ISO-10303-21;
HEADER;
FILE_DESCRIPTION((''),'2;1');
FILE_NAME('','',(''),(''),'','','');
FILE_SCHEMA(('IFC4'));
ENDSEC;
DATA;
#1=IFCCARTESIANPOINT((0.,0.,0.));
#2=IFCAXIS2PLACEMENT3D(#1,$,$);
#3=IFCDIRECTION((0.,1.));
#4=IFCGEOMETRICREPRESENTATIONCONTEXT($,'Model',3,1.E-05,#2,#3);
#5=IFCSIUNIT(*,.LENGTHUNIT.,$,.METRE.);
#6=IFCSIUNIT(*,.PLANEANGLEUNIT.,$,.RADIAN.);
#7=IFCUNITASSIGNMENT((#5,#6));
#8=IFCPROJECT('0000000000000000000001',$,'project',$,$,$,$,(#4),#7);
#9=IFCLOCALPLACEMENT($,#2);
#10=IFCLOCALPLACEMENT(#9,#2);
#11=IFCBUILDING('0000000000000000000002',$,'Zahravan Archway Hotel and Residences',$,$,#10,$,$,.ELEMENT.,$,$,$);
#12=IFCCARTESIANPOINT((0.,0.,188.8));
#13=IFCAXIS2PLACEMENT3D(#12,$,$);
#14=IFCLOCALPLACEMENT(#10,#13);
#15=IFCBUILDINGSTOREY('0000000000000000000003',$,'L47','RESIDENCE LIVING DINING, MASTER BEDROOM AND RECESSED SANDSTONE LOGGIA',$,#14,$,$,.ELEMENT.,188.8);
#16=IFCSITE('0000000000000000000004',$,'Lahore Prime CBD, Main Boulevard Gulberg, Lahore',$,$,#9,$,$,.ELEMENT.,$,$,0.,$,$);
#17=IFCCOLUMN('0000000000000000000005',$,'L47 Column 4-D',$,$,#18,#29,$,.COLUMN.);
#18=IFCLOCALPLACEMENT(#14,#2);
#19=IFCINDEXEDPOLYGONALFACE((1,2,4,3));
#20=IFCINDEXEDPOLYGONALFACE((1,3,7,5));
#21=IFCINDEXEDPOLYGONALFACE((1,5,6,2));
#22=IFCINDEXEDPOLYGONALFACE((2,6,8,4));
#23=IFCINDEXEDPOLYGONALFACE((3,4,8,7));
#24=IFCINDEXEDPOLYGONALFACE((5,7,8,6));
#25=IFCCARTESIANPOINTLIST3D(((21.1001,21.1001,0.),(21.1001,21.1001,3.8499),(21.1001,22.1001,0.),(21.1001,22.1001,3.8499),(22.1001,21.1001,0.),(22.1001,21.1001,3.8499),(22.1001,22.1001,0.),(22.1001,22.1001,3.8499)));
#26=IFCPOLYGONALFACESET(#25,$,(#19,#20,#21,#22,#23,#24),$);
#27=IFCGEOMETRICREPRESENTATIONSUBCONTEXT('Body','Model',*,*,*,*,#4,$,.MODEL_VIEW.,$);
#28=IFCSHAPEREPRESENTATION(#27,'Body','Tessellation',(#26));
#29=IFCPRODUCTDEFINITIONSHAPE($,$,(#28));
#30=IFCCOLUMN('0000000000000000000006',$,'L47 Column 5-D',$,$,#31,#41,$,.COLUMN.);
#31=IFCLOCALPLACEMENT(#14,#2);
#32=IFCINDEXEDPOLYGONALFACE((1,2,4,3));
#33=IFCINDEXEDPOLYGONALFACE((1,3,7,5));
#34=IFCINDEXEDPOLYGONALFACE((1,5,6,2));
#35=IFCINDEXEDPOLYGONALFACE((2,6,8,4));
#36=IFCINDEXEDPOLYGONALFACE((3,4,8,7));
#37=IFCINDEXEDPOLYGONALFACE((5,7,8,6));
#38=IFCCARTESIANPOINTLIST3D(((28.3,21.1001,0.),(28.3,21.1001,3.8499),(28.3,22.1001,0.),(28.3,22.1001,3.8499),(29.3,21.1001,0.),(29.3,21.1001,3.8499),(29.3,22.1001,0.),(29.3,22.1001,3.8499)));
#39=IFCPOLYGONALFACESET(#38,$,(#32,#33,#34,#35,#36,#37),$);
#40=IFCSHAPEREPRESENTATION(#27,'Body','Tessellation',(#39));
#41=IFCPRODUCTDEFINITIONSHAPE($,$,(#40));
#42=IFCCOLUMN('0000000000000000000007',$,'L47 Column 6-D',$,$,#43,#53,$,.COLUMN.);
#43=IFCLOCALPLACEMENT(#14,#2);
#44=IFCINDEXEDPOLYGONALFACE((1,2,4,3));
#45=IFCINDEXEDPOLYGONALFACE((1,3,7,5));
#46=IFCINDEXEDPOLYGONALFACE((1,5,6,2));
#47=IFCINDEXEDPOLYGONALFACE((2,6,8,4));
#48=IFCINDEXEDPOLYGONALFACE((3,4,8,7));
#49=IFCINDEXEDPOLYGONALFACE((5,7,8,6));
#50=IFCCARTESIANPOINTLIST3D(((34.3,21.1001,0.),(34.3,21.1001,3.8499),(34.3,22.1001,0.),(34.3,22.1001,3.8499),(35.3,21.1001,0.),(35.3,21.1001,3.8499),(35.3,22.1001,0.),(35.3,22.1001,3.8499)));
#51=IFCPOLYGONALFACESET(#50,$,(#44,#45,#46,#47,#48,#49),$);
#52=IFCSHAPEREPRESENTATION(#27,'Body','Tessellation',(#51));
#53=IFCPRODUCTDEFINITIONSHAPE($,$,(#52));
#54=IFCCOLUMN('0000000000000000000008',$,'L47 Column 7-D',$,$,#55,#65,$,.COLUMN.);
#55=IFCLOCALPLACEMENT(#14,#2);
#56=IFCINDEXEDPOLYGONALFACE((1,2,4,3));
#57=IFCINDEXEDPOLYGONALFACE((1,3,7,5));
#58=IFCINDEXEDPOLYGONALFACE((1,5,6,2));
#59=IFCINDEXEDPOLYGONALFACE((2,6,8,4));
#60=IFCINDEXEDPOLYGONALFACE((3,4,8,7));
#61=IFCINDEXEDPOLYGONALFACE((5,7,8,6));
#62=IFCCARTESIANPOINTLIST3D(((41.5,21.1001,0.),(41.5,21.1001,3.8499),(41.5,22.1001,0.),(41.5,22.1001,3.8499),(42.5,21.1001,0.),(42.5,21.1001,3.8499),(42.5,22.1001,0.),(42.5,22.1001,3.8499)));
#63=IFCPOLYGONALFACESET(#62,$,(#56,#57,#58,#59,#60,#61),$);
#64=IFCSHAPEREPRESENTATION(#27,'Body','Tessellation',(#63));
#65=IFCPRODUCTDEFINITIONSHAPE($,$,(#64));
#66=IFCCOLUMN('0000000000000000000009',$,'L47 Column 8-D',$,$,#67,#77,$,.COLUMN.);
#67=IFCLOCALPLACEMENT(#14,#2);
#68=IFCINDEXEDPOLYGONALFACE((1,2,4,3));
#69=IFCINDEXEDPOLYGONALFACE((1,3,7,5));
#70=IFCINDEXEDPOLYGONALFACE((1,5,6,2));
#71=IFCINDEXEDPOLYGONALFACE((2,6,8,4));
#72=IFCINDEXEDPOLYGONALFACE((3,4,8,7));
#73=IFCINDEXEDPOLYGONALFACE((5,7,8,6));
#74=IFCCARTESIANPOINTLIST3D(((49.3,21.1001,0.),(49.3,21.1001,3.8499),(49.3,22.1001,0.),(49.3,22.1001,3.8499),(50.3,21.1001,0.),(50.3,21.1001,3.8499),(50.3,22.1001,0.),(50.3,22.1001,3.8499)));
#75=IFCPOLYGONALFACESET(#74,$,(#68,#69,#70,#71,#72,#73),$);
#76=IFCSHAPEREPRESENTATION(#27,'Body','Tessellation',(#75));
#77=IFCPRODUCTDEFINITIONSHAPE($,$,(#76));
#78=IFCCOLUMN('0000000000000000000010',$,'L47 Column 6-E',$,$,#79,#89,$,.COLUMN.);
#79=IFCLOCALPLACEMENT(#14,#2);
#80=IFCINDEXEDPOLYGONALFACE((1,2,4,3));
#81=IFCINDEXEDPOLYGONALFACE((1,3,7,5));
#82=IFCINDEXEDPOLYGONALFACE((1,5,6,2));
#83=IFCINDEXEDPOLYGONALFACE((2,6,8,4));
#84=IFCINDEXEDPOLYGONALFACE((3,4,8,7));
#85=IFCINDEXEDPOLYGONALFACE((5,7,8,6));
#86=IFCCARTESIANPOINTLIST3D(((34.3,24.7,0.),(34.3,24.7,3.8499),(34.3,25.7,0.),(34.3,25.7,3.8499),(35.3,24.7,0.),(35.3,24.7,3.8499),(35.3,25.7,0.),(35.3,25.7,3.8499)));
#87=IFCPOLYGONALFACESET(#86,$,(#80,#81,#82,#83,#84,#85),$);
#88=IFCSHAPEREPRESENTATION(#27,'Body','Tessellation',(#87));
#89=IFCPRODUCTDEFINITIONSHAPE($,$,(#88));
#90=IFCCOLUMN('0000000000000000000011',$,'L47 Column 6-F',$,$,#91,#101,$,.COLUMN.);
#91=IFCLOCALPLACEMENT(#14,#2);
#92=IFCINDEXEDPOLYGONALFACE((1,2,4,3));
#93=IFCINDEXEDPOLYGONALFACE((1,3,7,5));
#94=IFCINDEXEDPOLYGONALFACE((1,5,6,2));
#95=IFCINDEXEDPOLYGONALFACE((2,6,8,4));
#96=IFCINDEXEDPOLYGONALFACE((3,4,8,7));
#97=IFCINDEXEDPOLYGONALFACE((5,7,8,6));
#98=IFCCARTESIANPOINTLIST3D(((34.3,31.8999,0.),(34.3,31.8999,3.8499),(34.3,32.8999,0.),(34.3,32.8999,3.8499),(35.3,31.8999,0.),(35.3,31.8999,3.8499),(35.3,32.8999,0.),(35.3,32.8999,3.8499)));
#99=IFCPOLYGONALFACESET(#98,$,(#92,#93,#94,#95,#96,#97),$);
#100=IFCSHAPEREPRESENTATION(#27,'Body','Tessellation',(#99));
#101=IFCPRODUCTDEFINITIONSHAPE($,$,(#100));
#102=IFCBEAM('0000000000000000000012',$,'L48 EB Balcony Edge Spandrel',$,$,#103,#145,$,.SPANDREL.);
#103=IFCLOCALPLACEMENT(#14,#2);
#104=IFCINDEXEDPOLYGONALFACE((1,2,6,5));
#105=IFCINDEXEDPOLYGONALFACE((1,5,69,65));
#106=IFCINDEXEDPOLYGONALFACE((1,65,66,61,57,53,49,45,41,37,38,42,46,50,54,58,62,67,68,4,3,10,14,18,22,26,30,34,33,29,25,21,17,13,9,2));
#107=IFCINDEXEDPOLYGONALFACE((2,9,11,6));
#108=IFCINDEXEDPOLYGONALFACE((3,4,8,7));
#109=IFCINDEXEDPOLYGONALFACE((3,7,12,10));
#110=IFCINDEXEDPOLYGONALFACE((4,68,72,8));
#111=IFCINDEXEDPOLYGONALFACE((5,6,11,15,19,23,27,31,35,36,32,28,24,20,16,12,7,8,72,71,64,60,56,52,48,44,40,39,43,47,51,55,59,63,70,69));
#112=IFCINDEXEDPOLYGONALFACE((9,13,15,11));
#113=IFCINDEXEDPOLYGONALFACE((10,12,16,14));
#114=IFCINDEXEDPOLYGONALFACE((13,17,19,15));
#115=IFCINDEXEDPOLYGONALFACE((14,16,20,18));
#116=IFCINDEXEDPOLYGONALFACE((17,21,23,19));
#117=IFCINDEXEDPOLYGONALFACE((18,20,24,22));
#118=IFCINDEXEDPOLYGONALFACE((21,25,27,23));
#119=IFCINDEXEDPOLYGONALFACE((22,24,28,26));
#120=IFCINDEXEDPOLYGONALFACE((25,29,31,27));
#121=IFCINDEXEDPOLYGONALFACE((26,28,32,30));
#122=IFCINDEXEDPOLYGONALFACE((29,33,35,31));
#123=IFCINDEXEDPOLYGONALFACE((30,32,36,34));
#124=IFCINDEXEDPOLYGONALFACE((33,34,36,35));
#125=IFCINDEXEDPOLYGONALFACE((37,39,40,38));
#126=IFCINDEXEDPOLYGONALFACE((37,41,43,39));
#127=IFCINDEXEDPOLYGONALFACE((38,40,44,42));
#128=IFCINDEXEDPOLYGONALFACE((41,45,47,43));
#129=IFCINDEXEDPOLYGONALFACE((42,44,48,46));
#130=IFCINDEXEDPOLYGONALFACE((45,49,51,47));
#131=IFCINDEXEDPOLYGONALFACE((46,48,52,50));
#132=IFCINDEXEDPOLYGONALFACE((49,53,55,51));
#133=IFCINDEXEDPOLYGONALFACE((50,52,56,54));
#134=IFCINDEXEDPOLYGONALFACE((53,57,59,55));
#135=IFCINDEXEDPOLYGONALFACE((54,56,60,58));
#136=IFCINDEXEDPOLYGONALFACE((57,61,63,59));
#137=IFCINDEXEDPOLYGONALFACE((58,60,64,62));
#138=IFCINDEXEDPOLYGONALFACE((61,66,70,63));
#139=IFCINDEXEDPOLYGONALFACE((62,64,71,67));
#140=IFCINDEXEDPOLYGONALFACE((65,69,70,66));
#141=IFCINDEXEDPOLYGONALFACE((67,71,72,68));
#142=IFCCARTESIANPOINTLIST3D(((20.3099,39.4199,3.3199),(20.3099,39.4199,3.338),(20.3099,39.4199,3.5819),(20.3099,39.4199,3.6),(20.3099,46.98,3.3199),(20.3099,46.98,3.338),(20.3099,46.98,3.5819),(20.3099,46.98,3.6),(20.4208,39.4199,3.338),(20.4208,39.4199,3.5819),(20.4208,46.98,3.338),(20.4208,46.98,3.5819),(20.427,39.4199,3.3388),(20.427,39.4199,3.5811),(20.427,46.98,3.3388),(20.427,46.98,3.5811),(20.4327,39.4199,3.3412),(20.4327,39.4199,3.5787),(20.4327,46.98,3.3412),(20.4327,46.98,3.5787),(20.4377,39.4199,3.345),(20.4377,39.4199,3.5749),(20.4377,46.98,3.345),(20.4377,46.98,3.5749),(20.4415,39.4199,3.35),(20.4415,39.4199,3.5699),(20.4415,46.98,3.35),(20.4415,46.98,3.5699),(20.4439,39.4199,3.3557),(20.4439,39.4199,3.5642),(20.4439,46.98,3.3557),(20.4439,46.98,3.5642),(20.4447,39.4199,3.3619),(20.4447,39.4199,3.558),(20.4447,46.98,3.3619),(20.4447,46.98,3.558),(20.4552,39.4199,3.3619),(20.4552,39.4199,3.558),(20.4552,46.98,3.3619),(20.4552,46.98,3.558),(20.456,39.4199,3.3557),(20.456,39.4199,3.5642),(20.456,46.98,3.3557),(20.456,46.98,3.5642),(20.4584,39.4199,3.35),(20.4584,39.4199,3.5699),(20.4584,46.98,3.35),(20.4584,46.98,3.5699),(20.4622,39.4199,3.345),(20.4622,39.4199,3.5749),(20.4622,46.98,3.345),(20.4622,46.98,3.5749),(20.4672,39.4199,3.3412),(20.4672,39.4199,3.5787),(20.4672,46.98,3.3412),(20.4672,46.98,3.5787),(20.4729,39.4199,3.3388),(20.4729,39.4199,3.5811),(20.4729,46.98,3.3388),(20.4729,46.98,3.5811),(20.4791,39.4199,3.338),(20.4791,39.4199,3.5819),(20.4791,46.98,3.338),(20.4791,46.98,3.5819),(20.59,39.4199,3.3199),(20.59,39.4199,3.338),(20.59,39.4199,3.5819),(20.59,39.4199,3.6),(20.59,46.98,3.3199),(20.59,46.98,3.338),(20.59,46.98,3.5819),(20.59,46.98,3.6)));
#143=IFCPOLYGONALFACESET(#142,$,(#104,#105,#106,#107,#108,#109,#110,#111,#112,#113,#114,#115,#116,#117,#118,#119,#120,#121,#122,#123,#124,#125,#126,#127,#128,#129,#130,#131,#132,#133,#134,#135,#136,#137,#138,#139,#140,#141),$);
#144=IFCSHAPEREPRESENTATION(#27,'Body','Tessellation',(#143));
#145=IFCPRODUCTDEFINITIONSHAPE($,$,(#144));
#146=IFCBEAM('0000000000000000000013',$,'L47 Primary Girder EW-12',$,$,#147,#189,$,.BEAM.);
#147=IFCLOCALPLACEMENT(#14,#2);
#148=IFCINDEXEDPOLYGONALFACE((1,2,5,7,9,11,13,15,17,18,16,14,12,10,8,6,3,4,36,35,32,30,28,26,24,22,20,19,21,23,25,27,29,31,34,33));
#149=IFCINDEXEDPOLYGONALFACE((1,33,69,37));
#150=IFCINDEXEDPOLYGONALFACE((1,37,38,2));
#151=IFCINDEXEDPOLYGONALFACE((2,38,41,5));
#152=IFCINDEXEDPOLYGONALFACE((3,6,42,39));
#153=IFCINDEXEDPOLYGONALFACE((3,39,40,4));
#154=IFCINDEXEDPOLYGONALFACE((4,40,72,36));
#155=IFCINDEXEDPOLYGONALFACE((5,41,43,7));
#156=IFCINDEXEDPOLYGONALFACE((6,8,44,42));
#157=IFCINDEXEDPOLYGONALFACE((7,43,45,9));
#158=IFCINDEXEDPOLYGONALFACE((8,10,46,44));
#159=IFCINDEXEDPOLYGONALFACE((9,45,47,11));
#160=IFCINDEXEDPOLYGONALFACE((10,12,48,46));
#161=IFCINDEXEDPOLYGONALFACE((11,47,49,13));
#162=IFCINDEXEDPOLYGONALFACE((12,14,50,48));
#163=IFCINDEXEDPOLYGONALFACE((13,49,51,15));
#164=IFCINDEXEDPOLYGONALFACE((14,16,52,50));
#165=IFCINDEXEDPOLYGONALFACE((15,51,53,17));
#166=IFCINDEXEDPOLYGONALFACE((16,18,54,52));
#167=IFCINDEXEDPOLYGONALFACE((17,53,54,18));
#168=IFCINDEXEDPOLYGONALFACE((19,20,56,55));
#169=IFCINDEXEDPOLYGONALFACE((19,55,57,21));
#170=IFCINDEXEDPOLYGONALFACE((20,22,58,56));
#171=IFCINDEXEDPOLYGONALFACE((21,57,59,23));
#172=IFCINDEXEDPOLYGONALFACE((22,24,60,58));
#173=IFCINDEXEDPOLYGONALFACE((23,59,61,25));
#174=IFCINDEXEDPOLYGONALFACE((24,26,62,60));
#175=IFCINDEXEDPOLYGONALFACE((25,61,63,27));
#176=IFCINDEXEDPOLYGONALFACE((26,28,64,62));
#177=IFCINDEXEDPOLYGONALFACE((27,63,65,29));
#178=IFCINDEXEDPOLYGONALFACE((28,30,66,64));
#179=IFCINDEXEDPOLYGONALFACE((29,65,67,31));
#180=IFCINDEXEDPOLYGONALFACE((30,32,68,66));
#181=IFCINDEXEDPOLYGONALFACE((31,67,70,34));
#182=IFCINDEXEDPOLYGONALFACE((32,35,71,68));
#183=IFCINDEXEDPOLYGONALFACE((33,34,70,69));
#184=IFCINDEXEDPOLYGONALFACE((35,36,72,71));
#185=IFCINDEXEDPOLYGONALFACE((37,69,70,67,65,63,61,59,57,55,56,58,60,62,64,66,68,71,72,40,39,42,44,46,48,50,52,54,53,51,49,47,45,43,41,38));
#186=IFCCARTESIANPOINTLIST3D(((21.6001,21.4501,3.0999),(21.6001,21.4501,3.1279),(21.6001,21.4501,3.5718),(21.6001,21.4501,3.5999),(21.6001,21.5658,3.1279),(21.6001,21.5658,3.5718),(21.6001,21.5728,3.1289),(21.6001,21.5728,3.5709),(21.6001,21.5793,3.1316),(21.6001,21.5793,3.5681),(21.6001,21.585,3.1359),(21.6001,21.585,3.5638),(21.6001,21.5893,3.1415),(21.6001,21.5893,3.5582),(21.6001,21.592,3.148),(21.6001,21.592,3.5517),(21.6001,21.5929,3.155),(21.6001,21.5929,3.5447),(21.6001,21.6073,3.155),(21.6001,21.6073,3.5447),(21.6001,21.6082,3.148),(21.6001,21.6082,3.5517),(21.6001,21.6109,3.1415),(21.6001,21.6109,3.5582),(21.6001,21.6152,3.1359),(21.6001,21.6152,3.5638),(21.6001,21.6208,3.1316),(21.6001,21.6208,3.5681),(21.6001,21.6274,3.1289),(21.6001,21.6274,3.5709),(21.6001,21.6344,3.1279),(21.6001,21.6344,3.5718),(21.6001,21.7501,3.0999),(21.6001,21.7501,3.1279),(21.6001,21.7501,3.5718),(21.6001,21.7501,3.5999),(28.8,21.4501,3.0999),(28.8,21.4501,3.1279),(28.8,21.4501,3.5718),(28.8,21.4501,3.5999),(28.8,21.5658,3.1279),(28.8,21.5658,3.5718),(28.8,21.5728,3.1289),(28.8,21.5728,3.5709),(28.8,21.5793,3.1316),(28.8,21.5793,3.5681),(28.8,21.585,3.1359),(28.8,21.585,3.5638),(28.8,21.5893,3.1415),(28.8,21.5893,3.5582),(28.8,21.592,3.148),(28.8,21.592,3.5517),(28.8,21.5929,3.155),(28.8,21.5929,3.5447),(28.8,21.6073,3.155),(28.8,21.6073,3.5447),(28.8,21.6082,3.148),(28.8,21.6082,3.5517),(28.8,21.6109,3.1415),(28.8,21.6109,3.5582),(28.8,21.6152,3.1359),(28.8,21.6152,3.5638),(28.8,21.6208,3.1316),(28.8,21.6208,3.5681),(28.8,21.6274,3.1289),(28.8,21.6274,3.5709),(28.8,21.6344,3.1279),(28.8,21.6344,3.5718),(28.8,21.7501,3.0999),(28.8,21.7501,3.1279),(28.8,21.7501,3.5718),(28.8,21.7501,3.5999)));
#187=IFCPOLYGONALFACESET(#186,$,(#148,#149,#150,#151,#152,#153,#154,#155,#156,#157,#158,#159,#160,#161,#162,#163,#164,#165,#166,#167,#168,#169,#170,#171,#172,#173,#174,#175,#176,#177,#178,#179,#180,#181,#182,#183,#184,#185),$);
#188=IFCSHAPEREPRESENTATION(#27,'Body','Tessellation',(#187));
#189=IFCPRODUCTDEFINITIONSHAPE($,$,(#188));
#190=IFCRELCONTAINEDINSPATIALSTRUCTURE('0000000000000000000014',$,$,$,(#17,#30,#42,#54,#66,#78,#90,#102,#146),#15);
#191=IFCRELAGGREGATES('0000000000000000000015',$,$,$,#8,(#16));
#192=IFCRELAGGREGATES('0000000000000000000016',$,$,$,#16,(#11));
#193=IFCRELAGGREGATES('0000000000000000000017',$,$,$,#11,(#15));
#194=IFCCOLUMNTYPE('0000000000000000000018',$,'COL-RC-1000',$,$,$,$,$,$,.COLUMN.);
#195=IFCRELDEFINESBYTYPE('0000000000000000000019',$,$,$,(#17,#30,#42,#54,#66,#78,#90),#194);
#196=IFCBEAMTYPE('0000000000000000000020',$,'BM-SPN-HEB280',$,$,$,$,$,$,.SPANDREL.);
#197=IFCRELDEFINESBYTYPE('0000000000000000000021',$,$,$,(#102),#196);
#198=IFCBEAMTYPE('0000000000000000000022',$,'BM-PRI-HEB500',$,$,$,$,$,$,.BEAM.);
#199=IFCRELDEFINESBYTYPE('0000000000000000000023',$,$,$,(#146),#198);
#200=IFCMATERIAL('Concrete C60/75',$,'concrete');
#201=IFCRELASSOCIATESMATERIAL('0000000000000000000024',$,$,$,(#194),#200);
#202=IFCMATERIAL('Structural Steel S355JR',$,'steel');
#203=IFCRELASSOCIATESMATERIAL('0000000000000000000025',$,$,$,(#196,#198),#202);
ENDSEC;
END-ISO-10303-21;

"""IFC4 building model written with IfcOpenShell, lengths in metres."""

from ifc_helpers import new_model, si_unit, direction, frame, origin, origin_2d, place, context, subcontext, project, spatial, rectangle, i_section, extrude, source, transform, mapped, material, material_profile, profile_set, type_object, type_shapes, element, save


model = new_model("IFC4")

# Units and contexts
model_context = context("Model", 3, precision=1e-05, world=origin(), true_north=direction((0.0, 1.0)))
body_context = subcontext(model_context, "Body", "Model", "MODEL_VIEW")
ifc_project = project(units=[si_unit("LENGTHUNIT", "METRE"), si_unit("PLANEANGLEUNIT", "RADIAN")], contexts=[model_context])

# Site, building, storey
site_placement = place(None, origin())
site = spatial("IfcSite", under=ifc_project, at=site_placement, Name="Lahore Prime CBD, Main Boulevard Gulberg, Lahore", CompositionType="ELEMENT", RefElevation=0.0)
building_placement = place(site_placement, origin())
building = spatial("IfcBuilding", under=site, at=building_placement, Name="Zahravan Archway Hotel and Residences", CompositionType="ELEMENT")
storey_placement = place(building_placement, frame((0.0, 0.0, 188.8)))
storey = spatial("IfcBuildingStorey", under=building, at=storey_placement, Name="L47", Description="RESIDENCE LIVING DINING, MASTER BEDROOM AND RECESSED SANDSTONE LOGGIA", CompositionType="ELEMENT", Elevation=188.8)

# Columns
ifc_material_1 = material(Name="Concrete C60/75", Category="concrete")
ifc_material_profile_1 = material_profile(ifc_material_1, rectangle(XDim=1.0, YDim=1.0, at=origin_2d()), Name="RC-COL-1000x1000", Category="concrete")
ifc_profile_set_1 = profile_set([ifc_material_profile_1], Name="Concrete C60/75")
column_type = type_object("IfcColumnType", Name="COL-RC-1000", PredefinedType="COLUMN", material=ifc_profile_set_1)
shared_shape_1 = source(origin(), body_context, "Body", "SweptSolid", [
    extrude(rectangle(XDim=1.0, YDim=1.0, at=origin_2d()), origin(), (0.0, 0.0, 1.0), 3.8499),
])
for number, where, z_axis, x_axis, name in (
    (1, (21.6001, 21.6001, 0.0), (0.0, 0.0, 1.0), (1.0, 0.0, 0.0), "L47 Column 4-D"),
    (2, (28.8, 21.6001, 0.0), (0.0, 0.0, 1.0), (1.0, 0.0, 0.0), "L47 Column 5-D"),
    (3, (34.8, 21.6001, 0.0), (0.0, 0.0, 1.0), (1.0, 0.0, 0.0), "L47 Column 6-D"),
    (4, (42.0, 21.6001, 0.0), (0.0, 0.0, 1.0), (1.0, 0.0, 0.0), "L47 Column 7-D"),
    (5, (49.8, 21.6001, 0.0), (0.0, 0.0, 1.0), (1.0, 0.0, 0.0), "L47 Column 8-D"),
    (6, (34.8, 25.2, 0.0), (0.0, 0.0, 1.0), (1.0, 0.0, 0.0), "L47 Column 6-E"),
    (7, (34.8, 32.3999, 0.0), (0.0, 0.0, 1.0), (1.0, 0.0, 0.0), "L47 Column 6-F"),
):
    element("IfcColumn", number, at=place(storey_placement, frame(where, z_axis=z_axis, x_axis=x_axis)), inside=storey, type_object=column_type, Name=name, PredefinedType="COLUMN", context=body_context, shape_type="MappedRepresentation", body=[
        mapped(shared_shape_1, transform((0.0, 0.0, 0.0), scale=1.0)),
    ])

# Beams
ifc_material_2 = material(Name="Structural Steel S355JR", Category="steel")
ifc_material_profile_2 = material_profile(ifc_material_2, i_section(OverallWidth=0.28, OverallDepth=0.28, WebThickness=0.0105, FlangeThickness=0.0181, FilletRadius=0.0239, at=origin_2d()), Name="HEB 280", Category="steel")
ifc_profile_set_2 = profile_set([ifc_material_profile_2], Name="Structural Steel S355JR")
beam_type_1 = type_object("IfcBeamType", Name="BM-SPN-HEB280", PredefinedType="SPANDREL", material=ifc_profile_set_2)
shared_shape_2 = source(origin(), body_context, "Body", "SweptSolid", [
    extrude(i_section(OverallWidth=0.28, OverallDepth=0.28, WebThickness=0.0105, FlangeThickness=0.0181, FilletRadius=0.0239, at=origin_2d()), origin(), (0.0, 0.0, 1.0), 7.5601),
])
type_shapes(beam_type_1, [shared_shape_2])
beam_1_placement = place(storey_placement, frame((20.45, 39.4199, 3.46), z_axis=(0.0, 1.0, 0.0), x_axis=(-1.0, 0.0, 0.0)))
element("IfcBeam", 8, at=beam_1_placement, inside=storey, type_object=beam_type_1, Name="L48 EB Balcony Edge Spandrel", PredefinedType="SPANDREL", context=body_context, shape_type="MappedRepresentation", body=[
    mapped(shared_shape_2, transform((0.0, 0.0, 0.0), scale=1.0)),
])
ifc_material_profile_3 = material_profile(ifc_material_2, i_section(OverallWidth=0.3, OverallDepth=0.5, WebThickness=0.0144, FlangeThickness=0.0281, FilletRadius=0.0271, at=origin_2d()), Name="HEB 500", Category="steel")
ifc_profile_set_3 = profile_set([ifc_material_profile_3], Name="Structural Steel S355JR")
beam_type_2 = type_object("IfcBeamType", Name="BM-PRI-HEB500", PredefinedType="BEAM", material=ifc_profile_set_3)
shared_shape_3 = source(origin(), body_context, "Body", "SweptSolid", [
    extrude(i_section(OverallWidth=0.3, OverallDepth=0.5, WebThickness=0.0144, FlangeThickness=0.0281, FilletRadius=0.0271, at=origin_2d()), origin(), (0.0, 0.0, 1.0), 7.2),
])
for number, where, z_axis, x_axis, name in (
    (9, (21.6001, 21.6001, 3.3499), (1.0, 0.0, 0.0), (0.0, 1.0, 0.0), "L47 Primary Girder EW-12"),
):
    element("IfcBeam", number, at=place(storey_placement, frame(where, z_axis=z_axis, x_axis=x_axis)), inside=storey, type_object=beam_type_2, Name=name, PredefinedType="BEAM", context=body_context, shape_type="MappedRepresentation", body=[
        mapped(shared_shape_3, transform((0.0, 0.0, 0.0), scale=1.0)),
    ])

save(model, "model.ifc")
